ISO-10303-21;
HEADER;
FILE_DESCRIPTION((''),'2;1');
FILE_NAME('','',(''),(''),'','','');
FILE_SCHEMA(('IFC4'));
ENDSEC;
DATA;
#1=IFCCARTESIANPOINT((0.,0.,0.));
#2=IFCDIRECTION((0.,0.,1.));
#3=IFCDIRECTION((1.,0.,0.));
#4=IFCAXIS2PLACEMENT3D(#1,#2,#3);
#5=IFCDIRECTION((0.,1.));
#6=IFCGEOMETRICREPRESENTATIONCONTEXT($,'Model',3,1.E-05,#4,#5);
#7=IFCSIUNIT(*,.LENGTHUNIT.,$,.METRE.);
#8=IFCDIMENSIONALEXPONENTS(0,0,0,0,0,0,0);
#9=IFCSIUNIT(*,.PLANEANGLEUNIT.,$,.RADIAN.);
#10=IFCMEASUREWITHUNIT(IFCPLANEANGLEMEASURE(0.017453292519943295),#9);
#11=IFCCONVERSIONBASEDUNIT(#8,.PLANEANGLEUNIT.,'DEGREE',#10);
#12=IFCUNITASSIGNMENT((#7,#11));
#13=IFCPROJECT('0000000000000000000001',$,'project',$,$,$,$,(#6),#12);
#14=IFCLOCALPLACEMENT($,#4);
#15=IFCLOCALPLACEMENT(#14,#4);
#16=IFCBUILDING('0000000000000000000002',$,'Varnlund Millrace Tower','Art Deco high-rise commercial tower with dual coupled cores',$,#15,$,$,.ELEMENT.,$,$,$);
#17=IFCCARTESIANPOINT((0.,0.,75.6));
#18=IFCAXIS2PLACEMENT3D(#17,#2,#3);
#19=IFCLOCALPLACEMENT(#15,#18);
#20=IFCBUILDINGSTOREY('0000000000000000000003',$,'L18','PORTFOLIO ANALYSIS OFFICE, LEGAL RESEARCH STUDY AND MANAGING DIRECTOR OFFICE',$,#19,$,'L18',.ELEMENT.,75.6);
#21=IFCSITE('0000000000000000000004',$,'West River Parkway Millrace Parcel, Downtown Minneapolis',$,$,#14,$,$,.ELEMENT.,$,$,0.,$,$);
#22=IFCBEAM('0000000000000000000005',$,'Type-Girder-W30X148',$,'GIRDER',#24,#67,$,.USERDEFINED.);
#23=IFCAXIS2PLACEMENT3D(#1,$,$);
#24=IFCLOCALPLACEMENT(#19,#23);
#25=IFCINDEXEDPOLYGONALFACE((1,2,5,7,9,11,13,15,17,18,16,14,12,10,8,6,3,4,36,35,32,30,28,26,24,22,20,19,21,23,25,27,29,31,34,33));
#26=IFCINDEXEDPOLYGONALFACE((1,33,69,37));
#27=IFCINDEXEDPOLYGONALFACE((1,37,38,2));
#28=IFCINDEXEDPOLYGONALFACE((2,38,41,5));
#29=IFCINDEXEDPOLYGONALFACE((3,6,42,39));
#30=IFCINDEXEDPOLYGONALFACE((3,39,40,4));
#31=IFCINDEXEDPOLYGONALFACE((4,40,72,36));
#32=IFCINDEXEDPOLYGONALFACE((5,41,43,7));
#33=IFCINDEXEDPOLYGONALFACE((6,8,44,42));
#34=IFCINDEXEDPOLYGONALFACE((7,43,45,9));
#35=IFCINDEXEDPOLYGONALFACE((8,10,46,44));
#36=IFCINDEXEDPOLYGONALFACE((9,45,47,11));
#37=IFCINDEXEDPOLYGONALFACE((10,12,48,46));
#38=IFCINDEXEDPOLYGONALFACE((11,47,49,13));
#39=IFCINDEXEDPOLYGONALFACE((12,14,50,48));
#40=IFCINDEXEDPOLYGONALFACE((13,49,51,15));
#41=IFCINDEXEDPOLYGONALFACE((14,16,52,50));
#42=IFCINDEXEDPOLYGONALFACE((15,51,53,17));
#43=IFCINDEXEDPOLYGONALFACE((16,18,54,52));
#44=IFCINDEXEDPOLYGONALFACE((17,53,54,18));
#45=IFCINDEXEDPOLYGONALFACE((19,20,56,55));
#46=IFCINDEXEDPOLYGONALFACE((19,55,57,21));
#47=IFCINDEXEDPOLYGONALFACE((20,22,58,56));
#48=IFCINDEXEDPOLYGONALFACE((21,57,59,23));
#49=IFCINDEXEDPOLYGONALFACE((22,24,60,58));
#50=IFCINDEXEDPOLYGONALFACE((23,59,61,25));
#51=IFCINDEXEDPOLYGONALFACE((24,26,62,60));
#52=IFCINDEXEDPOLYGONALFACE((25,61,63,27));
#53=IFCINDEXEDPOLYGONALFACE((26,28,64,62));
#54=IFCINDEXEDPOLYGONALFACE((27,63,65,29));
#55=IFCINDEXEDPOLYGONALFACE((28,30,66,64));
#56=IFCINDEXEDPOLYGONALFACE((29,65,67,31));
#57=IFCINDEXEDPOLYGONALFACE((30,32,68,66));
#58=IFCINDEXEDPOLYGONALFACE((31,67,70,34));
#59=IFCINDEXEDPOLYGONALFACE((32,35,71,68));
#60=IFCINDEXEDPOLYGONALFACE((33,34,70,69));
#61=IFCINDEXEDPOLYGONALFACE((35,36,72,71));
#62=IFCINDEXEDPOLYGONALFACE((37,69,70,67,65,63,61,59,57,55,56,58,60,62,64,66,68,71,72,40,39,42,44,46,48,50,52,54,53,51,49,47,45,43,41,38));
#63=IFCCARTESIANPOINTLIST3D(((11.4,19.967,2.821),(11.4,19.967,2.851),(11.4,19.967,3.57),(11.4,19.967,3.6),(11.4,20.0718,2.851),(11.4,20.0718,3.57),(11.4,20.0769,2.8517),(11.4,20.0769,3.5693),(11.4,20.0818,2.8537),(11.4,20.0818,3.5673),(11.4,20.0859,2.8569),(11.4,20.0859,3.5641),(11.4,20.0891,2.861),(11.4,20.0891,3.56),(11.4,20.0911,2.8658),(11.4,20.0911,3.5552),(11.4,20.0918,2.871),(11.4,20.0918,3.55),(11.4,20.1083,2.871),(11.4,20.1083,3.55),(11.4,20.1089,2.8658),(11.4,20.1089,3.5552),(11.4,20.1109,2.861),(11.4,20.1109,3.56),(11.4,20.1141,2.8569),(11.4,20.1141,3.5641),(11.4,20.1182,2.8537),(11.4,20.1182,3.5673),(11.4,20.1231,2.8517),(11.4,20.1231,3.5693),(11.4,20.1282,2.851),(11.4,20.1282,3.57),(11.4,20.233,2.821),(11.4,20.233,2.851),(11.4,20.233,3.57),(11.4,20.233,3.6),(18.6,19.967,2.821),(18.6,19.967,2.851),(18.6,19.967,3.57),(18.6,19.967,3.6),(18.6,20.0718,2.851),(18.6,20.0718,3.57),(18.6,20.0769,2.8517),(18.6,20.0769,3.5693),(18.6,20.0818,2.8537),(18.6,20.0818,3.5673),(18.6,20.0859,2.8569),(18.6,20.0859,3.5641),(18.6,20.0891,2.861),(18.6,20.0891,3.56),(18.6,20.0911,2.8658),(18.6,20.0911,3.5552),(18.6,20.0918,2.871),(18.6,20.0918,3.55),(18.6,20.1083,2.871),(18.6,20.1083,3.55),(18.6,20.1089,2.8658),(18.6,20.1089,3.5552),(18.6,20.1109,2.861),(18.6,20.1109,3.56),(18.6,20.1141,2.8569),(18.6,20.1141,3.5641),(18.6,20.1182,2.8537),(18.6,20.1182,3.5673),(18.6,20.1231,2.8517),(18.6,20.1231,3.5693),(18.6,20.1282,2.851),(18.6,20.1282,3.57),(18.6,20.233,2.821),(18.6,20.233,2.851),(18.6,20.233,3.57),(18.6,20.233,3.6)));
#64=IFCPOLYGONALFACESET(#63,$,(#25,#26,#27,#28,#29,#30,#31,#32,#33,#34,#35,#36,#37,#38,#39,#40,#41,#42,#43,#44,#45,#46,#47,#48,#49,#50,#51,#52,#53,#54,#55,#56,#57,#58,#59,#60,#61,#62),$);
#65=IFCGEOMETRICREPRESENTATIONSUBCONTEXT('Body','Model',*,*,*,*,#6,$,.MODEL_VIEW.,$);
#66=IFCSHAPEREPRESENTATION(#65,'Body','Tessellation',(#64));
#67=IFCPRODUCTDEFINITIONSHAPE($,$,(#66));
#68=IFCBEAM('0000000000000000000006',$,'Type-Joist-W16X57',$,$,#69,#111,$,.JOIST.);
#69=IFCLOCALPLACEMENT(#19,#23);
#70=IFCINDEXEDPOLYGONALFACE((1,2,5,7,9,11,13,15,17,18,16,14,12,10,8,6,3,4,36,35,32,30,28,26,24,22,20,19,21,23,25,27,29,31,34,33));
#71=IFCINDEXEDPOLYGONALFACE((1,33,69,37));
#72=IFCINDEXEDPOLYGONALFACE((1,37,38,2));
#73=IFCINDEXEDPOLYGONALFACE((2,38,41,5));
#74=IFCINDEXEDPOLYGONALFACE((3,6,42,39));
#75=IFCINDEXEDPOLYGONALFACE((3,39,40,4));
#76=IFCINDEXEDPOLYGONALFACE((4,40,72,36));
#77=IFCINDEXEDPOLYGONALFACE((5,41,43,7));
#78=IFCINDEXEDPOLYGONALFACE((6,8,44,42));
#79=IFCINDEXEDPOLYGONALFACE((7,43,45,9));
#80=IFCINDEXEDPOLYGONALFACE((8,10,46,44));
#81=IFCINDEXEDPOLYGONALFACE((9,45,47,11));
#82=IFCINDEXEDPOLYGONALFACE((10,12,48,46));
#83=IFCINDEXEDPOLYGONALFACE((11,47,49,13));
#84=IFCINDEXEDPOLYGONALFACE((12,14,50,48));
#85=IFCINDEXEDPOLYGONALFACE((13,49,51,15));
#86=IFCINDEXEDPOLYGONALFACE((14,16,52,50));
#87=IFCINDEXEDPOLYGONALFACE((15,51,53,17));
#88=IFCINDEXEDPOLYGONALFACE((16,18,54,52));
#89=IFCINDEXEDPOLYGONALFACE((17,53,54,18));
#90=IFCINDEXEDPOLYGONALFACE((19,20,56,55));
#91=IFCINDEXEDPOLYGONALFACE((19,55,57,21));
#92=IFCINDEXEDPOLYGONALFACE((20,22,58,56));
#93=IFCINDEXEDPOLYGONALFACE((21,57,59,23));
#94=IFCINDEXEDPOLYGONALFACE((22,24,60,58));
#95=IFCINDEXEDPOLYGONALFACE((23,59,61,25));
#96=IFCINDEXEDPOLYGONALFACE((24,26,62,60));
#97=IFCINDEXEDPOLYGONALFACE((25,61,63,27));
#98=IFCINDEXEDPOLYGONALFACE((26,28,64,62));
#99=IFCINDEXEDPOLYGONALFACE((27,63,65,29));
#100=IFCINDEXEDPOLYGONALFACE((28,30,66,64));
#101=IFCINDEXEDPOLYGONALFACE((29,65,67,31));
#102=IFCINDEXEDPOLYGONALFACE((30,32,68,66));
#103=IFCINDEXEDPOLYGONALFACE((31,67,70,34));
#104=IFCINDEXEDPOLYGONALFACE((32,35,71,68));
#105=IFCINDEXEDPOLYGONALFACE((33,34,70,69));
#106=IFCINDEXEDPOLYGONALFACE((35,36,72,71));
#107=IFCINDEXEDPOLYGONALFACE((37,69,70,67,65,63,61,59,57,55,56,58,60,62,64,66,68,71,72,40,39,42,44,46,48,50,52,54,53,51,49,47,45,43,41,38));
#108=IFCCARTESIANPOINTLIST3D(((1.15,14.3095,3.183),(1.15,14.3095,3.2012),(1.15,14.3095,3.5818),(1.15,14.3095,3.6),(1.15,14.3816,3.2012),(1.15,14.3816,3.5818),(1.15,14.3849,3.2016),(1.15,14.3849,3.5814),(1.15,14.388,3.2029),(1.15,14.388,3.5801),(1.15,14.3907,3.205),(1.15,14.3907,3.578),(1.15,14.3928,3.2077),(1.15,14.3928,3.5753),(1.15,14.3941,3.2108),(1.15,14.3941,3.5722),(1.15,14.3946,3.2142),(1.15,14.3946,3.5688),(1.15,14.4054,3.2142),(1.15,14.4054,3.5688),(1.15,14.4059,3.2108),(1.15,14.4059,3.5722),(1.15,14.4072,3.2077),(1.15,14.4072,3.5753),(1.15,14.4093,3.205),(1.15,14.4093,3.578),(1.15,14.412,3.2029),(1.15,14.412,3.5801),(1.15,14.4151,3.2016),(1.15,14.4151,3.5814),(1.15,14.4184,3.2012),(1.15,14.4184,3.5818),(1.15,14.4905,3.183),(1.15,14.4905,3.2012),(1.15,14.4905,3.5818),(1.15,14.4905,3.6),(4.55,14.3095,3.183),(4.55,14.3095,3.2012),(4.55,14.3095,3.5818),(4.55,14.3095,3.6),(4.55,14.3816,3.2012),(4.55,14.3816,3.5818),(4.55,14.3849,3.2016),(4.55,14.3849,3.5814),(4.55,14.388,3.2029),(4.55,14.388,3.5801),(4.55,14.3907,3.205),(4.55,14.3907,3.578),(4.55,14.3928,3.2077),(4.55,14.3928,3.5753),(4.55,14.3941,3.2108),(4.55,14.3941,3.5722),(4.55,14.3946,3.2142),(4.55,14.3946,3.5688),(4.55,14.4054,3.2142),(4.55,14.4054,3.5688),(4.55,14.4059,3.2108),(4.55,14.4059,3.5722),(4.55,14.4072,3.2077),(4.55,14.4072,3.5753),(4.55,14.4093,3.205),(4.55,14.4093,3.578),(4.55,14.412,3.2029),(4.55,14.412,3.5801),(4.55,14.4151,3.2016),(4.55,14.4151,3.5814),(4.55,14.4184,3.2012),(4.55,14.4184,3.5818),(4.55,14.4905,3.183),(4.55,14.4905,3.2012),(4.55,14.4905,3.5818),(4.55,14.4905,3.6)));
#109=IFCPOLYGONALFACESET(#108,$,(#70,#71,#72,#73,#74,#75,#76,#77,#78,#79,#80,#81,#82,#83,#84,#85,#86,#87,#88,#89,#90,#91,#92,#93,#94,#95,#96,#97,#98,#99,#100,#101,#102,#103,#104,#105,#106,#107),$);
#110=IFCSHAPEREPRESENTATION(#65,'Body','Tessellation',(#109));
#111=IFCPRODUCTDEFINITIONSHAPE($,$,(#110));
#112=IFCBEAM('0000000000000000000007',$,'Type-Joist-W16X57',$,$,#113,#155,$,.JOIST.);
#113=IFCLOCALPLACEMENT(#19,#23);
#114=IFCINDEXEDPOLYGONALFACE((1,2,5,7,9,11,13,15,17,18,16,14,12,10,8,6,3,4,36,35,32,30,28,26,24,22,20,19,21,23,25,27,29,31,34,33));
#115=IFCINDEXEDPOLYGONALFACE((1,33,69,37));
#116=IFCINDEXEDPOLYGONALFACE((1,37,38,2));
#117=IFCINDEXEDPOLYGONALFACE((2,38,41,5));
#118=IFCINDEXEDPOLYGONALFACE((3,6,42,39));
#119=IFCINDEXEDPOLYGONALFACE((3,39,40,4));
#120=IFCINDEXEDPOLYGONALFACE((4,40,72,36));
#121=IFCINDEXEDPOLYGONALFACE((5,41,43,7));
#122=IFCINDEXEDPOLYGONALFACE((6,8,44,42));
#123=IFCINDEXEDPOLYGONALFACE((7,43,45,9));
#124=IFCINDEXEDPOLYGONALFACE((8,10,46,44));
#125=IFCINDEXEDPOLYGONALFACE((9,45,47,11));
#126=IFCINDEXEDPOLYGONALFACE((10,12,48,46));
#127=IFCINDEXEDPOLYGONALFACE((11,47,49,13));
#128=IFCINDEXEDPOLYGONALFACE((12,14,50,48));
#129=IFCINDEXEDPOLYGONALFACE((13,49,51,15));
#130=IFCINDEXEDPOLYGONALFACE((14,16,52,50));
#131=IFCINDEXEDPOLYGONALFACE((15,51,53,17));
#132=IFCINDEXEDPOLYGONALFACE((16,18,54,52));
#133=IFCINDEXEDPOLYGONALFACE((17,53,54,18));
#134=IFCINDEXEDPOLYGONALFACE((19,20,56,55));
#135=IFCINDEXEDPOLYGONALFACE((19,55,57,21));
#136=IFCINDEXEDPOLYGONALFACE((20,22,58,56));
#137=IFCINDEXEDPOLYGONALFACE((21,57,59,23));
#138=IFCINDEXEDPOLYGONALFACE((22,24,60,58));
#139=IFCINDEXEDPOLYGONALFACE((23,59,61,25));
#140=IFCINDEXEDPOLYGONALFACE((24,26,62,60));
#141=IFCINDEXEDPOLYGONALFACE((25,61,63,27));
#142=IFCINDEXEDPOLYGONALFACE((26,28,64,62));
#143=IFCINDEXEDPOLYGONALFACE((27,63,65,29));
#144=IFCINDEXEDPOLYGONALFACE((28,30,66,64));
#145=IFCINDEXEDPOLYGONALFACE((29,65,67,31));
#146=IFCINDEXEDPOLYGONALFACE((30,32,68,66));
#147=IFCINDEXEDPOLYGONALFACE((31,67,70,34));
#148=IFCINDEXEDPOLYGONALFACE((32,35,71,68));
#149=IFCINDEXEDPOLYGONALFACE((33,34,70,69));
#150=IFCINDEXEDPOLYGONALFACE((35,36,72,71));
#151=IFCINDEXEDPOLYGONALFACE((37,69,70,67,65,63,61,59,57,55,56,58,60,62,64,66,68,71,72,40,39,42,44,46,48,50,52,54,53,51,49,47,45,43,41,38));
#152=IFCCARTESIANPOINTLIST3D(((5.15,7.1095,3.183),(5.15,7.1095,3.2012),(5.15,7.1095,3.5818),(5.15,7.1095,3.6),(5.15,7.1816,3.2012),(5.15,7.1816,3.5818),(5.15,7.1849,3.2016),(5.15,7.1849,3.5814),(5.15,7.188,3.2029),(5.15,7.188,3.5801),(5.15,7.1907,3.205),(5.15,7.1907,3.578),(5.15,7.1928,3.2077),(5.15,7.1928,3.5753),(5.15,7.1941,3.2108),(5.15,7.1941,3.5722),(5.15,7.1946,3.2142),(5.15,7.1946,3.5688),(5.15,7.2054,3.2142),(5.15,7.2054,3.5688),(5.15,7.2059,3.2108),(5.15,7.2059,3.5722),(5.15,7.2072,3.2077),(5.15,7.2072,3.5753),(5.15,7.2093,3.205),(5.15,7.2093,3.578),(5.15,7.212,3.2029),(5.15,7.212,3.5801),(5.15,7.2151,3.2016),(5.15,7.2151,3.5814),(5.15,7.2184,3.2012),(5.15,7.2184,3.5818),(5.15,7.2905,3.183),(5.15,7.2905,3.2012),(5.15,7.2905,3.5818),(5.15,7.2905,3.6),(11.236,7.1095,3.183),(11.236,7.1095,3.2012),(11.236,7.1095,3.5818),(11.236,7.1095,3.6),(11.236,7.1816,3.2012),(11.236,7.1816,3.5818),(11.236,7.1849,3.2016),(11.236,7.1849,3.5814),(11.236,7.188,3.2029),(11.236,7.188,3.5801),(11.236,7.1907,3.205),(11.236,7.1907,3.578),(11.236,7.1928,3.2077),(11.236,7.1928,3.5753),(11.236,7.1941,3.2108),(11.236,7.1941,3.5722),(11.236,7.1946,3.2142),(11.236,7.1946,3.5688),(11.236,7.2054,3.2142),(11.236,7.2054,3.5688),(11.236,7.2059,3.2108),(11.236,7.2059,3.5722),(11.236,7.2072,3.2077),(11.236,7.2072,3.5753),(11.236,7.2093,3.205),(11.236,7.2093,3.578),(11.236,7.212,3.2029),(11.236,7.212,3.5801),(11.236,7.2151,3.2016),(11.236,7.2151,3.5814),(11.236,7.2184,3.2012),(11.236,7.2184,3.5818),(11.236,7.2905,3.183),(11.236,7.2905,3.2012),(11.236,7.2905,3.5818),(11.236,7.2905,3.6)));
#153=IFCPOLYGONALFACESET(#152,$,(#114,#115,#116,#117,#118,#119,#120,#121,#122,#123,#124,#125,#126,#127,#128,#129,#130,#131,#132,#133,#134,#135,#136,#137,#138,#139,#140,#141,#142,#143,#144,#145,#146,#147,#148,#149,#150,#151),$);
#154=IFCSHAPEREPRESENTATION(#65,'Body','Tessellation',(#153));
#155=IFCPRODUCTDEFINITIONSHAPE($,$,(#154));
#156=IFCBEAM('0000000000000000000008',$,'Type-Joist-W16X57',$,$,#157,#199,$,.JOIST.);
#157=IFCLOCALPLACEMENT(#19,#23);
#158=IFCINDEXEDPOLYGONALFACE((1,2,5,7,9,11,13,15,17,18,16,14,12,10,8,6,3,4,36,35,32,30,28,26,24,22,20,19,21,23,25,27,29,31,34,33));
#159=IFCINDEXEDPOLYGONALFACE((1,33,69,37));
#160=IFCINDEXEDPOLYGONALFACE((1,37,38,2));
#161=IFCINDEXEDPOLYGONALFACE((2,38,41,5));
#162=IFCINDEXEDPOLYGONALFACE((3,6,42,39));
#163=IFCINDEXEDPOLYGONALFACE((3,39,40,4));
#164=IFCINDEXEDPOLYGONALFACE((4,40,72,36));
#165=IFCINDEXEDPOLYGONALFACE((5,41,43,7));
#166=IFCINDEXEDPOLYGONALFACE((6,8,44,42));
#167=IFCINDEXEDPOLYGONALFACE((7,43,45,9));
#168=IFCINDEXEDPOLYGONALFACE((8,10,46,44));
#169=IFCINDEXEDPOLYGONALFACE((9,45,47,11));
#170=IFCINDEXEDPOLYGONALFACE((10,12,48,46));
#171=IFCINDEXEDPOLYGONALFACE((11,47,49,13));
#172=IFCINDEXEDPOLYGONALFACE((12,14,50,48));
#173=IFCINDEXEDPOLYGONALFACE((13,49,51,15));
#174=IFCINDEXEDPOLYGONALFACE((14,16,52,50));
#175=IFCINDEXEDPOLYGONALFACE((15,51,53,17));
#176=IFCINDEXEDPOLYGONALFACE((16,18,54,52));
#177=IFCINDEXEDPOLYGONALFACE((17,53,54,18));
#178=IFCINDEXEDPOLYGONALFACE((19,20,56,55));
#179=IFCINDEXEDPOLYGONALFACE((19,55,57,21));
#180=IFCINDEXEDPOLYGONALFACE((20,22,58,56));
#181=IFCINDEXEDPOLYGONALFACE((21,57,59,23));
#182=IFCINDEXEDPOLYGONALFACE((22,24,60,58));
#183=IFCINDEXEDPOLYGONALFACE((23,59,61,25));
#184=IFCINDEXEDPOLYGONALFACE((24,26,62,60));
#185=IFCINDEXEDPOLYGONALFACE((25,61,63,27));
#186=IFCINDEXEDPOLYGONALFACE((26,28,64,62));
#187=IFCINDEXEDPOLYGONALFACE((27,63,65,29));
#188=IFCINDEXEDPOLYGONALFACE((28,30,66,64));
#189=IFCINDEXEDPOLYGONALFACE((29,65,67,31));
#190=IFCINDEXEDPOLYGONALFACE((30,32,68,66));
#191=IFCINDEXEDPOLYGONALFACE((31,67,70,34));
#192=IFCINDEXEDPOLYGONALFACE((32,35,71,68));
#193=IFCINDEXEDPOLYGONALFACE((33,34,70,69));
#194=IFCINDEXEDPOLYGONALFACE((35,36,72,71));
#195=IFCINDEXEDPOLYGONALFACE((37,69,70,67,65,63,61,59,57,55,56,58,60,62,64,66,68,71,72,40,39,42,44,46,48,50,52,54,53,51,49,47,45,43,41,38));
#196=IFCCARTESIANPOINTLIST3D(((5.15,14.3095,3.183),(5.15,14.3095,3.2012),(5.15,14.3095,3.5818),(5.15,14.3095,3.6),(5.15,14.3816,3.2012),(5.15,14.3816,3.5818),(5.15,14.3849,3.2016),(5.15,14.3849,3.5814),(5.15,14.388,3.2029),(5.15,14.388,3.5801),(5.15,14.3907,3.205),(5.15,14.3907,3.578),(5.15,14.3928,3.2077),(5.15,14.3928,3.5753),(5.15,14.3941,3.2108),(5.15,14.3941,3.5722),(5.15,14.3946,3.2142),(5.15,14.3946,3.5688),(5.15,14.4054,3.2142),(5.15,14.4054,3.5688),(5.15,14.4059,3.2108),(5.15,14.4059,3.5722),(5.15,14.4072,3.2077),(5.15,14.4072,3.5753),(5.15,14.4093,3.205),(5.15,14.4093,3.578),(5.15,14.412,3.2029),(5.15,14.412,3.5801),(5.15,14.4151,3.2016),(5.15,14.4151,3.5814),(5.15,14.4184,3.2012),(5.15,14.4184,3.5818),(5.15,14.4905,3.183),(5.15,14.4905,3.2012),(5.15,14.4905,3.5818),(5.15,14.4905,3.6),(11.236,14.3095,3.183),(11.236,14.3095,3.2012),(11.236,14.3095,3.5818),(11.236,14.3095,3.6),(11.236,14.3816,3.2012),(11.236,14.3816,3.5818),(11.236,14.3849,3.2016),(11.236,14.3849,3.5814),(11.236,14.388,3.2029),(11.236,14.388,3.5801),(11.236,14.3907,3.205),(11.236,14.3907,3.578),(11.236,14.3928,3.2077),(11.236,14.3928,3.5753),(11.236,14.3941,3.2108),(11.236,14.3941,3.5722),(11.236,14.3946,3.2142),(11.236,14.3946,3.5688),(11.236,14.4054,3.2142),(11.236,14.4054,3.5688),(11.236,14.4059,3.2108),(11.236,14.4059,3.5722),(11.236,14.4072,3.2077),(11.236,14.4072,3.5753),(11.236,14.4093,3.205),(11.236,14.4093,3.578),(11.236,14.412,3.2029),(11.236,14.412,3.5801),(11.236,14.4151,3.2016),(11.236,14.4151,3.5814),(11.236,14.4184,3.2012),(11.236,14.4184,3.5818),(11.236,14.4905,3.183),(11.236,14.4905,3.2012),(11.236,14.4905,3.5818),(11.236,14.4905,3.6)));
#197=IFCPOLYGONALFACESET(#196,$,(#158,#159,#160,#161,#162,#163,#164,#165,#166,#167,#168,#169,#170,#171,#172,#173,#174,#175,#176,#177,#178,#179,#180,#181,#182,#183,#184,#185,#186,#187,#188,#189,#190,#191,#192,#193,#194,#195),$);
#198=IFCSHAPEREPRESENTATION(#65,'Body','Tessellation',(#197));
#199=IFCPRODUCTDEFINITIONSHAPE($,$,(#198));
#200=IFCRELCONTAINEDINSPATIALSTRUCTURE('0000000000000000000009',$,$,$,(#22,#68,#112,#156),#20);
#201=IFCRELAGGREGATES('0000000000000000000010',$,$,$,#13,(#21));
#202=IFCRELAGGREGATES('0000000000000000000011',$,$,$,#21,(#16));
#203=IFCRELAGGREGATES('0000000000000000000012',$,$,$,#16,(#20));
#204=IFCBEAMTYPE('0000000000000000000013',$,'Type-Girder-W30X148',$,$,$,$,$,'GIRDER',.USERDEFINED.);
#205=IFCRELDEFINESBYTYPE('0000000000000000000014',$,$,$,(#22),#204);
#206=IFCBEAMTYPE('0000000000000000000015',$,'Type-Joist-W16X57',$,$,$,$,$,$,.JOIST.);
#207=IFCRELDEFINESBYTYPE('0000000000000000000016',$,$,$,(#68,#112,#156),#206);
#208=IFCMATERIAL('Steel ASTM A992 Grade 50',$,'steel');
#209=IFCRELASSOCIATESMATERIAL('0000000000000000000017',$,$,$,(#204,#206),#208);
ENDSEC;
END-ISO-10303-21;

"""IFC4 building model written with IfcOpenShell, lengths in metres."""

from ifc_helpers import new_model, entity, si_unit, converted_unit, direction, frame, origin_with_axes, origin_2d_with_axis, place, context, subcontext, project, spatial, i_section, extrude, material, material_profile, profile_set, type_object, element, save


model = new_model("IFC4")

# Units and contexts
model_context = context("Model", 3, precision=1e-05, world=origin_with_axes(), true_north=direction((0.0, 1.0)))
body_context = subcontext(model_context, "Body", "Model", "MODEL_VIEW")
ifc_project = project(units=[si_unit("LENGTHUNIT", "METRE"), converted_unit("PLANEANGLEUNIT", "DEGREE", entity("IfcPlaneAngleMeasure", 0.017453292519943295), si_unit("PLANEANGLEUNIT", "RADIAN"), dimensions=[0, 0, 0, 0, 0, 0, 0])], contexts=[model_context])

# Site, building, storey
site_placement = place(None, origin_with_axes())
site = spatial("IfcSite", under=ifc_project, at=site_placement, Name="West River Parkway Millrace Parcel, Downtown Minneapolis", CompositionType="ELEMENT", RefElevation=0.0)
building_placement = place(site_placement, origin_with_axes())
building = spatial("IfcBuilding", under=site, at=building_placement, Name="Varnlund Millrace Tower", Description="Art Deco high-rise commercial tower with dual coupled cores", CompositionType="ELEMENT")
storey_placement = place(building_placement, frame((0.0, 0.0, 75.6), z_axis=(0.0, 0.0, 1.0), x_axis=(1.0, 0.0, 0.0)))
storey = spatial("IfcBuildingStorey", under=building, at=storey_placement, Name="L18", Description="PORTFOLIO ANALYSIS OFFICE, LEGAL RESEARCH STUDY AND MANAGING DIRECTOR OFFICE", LongName="L18", CompositionType="ELEMENT", Elevation=75.6)

# Beams
ifc_material_1 = material(Name="Steel ASTM A992 Grade 50", Category="steel")
ifc_material_profile_1 = material_profile(ifc_material_1, i_section(OverallWidth=0.266, OverallDepth=0.779, WebThickness=0.0165, FlangeThickness=0.03, FilletRadius=0.02, at=origin_2d_with_axis()), Name="Steel ASTM A992 Grade 50")
ifc_profile_set_1 = profile_set([ifc_material_profile_1], Name="Steel ASTM A992 Grade 50")
beam_type_1 = type_object("IfcBeamType", Name="Type-Girder-W30X148", ElementType="GIRDER", PredefinedType="USERDEFINED", material=ifc_profile_set_1)
beam_1_placement = place(storey_placement, frame((11.4, 20.1, 3.2105), z_axis=(1.0, 0.0, 0.0), x_axis=(0.0, 1.0, 0.0)))
element("IfcBeam", 1, at=beam_1_placement, inside=storey, type_object=beam_type_1, Name="Type-Girder-W30X148", ObjectType="GIRDER", PredefinedType="USERDEFINED", context=body_context, shape_type="SweptSolid", body=[
    extrude(i_section(OverallWidth=0.266, OverallDepth=0.779, WebThickness=0.0165, FlangeThickness=0.03, FilletRadius=0.02, at=origin_2d_with_axis()), origin_with_axes(), (0.0, 0.0, 1.0), 7.2),
])
ifc_material_profile_2 = material_profile(ifc_material_1, i_section(OverallWidth=0.181, OverallDepth=0.417, WebThickness=0.0109, FlangeThickness=0.0182, FilletRadius=0.013, at=origin_2d_with_axis()), Name="Steel ASTM A992 Grade 50")
ifc_profile_set_2 = profile_set([ifc_material_profile_2], Name="Steel ASTM A992 Grade 50")
beam_type_2 = type_object("IfcBeamType", Name="Type-Joist-W16X57", PredefinedType="JOIST", material=ifc_profile_set_2)
beam_2_placement = place(storey_placement, frame((1.15, 14.4, 3.3915), z_axis=(1.0, 0.0, 0.0), x_axis=(0.0, 1.0, 0.0)))
element("IfcBeam", 2, at=beam_2_placement, inside=storey, type_object=beam_type_2, Name="Type-Joist-W16X57", PredefinedType="JOIST", context=body_context, shape_type="SweptSolid", body=[
    extrude(i_section(OverallWidth=0.181, OverallDepth=0.417, WebThickness=0.0109, FlangeThickness=0.0182, FilletRadius=0.013, at=origin_2d_with_axis()), origin_with_axes(), (0.0, 0.0, 1.0), 3.4),
])
for number, where, z_axis, x_axis, name in (
    (3, (5.15, 7.2, 3.3915), (1.0, 0.0, 0.0), (0.0, 1.0, 0.0), "Type-Joist-W16X57"),
    (4, (5.15, 14.4, 3.3915), (1.0, 0.0, 0.0), (0.0, 1.0, 0.0), "Type-Joist-W16X57"),
):
    element("IfcBeam", number, at=place(storey_placement, frame(where, z_axis=z_axis, x_axis=x_axis)), inside=storey, type_object=beam_type_2, Name=name, PredefinedType="JOIST", context=body_context, shape_type="SweptSolid", body=[
        extrude(i_section(OverallWidth=0.181, OverallDepth=0.417, WebThickness=0.0109, FlangeThickness=0.0182, FilletRadius=0.013, at=origin_2d_with_axis()), origin_with_axes(), (0.0, 0.0, 1.0), 6.086),
    ])

save(model, "model.ifc")
